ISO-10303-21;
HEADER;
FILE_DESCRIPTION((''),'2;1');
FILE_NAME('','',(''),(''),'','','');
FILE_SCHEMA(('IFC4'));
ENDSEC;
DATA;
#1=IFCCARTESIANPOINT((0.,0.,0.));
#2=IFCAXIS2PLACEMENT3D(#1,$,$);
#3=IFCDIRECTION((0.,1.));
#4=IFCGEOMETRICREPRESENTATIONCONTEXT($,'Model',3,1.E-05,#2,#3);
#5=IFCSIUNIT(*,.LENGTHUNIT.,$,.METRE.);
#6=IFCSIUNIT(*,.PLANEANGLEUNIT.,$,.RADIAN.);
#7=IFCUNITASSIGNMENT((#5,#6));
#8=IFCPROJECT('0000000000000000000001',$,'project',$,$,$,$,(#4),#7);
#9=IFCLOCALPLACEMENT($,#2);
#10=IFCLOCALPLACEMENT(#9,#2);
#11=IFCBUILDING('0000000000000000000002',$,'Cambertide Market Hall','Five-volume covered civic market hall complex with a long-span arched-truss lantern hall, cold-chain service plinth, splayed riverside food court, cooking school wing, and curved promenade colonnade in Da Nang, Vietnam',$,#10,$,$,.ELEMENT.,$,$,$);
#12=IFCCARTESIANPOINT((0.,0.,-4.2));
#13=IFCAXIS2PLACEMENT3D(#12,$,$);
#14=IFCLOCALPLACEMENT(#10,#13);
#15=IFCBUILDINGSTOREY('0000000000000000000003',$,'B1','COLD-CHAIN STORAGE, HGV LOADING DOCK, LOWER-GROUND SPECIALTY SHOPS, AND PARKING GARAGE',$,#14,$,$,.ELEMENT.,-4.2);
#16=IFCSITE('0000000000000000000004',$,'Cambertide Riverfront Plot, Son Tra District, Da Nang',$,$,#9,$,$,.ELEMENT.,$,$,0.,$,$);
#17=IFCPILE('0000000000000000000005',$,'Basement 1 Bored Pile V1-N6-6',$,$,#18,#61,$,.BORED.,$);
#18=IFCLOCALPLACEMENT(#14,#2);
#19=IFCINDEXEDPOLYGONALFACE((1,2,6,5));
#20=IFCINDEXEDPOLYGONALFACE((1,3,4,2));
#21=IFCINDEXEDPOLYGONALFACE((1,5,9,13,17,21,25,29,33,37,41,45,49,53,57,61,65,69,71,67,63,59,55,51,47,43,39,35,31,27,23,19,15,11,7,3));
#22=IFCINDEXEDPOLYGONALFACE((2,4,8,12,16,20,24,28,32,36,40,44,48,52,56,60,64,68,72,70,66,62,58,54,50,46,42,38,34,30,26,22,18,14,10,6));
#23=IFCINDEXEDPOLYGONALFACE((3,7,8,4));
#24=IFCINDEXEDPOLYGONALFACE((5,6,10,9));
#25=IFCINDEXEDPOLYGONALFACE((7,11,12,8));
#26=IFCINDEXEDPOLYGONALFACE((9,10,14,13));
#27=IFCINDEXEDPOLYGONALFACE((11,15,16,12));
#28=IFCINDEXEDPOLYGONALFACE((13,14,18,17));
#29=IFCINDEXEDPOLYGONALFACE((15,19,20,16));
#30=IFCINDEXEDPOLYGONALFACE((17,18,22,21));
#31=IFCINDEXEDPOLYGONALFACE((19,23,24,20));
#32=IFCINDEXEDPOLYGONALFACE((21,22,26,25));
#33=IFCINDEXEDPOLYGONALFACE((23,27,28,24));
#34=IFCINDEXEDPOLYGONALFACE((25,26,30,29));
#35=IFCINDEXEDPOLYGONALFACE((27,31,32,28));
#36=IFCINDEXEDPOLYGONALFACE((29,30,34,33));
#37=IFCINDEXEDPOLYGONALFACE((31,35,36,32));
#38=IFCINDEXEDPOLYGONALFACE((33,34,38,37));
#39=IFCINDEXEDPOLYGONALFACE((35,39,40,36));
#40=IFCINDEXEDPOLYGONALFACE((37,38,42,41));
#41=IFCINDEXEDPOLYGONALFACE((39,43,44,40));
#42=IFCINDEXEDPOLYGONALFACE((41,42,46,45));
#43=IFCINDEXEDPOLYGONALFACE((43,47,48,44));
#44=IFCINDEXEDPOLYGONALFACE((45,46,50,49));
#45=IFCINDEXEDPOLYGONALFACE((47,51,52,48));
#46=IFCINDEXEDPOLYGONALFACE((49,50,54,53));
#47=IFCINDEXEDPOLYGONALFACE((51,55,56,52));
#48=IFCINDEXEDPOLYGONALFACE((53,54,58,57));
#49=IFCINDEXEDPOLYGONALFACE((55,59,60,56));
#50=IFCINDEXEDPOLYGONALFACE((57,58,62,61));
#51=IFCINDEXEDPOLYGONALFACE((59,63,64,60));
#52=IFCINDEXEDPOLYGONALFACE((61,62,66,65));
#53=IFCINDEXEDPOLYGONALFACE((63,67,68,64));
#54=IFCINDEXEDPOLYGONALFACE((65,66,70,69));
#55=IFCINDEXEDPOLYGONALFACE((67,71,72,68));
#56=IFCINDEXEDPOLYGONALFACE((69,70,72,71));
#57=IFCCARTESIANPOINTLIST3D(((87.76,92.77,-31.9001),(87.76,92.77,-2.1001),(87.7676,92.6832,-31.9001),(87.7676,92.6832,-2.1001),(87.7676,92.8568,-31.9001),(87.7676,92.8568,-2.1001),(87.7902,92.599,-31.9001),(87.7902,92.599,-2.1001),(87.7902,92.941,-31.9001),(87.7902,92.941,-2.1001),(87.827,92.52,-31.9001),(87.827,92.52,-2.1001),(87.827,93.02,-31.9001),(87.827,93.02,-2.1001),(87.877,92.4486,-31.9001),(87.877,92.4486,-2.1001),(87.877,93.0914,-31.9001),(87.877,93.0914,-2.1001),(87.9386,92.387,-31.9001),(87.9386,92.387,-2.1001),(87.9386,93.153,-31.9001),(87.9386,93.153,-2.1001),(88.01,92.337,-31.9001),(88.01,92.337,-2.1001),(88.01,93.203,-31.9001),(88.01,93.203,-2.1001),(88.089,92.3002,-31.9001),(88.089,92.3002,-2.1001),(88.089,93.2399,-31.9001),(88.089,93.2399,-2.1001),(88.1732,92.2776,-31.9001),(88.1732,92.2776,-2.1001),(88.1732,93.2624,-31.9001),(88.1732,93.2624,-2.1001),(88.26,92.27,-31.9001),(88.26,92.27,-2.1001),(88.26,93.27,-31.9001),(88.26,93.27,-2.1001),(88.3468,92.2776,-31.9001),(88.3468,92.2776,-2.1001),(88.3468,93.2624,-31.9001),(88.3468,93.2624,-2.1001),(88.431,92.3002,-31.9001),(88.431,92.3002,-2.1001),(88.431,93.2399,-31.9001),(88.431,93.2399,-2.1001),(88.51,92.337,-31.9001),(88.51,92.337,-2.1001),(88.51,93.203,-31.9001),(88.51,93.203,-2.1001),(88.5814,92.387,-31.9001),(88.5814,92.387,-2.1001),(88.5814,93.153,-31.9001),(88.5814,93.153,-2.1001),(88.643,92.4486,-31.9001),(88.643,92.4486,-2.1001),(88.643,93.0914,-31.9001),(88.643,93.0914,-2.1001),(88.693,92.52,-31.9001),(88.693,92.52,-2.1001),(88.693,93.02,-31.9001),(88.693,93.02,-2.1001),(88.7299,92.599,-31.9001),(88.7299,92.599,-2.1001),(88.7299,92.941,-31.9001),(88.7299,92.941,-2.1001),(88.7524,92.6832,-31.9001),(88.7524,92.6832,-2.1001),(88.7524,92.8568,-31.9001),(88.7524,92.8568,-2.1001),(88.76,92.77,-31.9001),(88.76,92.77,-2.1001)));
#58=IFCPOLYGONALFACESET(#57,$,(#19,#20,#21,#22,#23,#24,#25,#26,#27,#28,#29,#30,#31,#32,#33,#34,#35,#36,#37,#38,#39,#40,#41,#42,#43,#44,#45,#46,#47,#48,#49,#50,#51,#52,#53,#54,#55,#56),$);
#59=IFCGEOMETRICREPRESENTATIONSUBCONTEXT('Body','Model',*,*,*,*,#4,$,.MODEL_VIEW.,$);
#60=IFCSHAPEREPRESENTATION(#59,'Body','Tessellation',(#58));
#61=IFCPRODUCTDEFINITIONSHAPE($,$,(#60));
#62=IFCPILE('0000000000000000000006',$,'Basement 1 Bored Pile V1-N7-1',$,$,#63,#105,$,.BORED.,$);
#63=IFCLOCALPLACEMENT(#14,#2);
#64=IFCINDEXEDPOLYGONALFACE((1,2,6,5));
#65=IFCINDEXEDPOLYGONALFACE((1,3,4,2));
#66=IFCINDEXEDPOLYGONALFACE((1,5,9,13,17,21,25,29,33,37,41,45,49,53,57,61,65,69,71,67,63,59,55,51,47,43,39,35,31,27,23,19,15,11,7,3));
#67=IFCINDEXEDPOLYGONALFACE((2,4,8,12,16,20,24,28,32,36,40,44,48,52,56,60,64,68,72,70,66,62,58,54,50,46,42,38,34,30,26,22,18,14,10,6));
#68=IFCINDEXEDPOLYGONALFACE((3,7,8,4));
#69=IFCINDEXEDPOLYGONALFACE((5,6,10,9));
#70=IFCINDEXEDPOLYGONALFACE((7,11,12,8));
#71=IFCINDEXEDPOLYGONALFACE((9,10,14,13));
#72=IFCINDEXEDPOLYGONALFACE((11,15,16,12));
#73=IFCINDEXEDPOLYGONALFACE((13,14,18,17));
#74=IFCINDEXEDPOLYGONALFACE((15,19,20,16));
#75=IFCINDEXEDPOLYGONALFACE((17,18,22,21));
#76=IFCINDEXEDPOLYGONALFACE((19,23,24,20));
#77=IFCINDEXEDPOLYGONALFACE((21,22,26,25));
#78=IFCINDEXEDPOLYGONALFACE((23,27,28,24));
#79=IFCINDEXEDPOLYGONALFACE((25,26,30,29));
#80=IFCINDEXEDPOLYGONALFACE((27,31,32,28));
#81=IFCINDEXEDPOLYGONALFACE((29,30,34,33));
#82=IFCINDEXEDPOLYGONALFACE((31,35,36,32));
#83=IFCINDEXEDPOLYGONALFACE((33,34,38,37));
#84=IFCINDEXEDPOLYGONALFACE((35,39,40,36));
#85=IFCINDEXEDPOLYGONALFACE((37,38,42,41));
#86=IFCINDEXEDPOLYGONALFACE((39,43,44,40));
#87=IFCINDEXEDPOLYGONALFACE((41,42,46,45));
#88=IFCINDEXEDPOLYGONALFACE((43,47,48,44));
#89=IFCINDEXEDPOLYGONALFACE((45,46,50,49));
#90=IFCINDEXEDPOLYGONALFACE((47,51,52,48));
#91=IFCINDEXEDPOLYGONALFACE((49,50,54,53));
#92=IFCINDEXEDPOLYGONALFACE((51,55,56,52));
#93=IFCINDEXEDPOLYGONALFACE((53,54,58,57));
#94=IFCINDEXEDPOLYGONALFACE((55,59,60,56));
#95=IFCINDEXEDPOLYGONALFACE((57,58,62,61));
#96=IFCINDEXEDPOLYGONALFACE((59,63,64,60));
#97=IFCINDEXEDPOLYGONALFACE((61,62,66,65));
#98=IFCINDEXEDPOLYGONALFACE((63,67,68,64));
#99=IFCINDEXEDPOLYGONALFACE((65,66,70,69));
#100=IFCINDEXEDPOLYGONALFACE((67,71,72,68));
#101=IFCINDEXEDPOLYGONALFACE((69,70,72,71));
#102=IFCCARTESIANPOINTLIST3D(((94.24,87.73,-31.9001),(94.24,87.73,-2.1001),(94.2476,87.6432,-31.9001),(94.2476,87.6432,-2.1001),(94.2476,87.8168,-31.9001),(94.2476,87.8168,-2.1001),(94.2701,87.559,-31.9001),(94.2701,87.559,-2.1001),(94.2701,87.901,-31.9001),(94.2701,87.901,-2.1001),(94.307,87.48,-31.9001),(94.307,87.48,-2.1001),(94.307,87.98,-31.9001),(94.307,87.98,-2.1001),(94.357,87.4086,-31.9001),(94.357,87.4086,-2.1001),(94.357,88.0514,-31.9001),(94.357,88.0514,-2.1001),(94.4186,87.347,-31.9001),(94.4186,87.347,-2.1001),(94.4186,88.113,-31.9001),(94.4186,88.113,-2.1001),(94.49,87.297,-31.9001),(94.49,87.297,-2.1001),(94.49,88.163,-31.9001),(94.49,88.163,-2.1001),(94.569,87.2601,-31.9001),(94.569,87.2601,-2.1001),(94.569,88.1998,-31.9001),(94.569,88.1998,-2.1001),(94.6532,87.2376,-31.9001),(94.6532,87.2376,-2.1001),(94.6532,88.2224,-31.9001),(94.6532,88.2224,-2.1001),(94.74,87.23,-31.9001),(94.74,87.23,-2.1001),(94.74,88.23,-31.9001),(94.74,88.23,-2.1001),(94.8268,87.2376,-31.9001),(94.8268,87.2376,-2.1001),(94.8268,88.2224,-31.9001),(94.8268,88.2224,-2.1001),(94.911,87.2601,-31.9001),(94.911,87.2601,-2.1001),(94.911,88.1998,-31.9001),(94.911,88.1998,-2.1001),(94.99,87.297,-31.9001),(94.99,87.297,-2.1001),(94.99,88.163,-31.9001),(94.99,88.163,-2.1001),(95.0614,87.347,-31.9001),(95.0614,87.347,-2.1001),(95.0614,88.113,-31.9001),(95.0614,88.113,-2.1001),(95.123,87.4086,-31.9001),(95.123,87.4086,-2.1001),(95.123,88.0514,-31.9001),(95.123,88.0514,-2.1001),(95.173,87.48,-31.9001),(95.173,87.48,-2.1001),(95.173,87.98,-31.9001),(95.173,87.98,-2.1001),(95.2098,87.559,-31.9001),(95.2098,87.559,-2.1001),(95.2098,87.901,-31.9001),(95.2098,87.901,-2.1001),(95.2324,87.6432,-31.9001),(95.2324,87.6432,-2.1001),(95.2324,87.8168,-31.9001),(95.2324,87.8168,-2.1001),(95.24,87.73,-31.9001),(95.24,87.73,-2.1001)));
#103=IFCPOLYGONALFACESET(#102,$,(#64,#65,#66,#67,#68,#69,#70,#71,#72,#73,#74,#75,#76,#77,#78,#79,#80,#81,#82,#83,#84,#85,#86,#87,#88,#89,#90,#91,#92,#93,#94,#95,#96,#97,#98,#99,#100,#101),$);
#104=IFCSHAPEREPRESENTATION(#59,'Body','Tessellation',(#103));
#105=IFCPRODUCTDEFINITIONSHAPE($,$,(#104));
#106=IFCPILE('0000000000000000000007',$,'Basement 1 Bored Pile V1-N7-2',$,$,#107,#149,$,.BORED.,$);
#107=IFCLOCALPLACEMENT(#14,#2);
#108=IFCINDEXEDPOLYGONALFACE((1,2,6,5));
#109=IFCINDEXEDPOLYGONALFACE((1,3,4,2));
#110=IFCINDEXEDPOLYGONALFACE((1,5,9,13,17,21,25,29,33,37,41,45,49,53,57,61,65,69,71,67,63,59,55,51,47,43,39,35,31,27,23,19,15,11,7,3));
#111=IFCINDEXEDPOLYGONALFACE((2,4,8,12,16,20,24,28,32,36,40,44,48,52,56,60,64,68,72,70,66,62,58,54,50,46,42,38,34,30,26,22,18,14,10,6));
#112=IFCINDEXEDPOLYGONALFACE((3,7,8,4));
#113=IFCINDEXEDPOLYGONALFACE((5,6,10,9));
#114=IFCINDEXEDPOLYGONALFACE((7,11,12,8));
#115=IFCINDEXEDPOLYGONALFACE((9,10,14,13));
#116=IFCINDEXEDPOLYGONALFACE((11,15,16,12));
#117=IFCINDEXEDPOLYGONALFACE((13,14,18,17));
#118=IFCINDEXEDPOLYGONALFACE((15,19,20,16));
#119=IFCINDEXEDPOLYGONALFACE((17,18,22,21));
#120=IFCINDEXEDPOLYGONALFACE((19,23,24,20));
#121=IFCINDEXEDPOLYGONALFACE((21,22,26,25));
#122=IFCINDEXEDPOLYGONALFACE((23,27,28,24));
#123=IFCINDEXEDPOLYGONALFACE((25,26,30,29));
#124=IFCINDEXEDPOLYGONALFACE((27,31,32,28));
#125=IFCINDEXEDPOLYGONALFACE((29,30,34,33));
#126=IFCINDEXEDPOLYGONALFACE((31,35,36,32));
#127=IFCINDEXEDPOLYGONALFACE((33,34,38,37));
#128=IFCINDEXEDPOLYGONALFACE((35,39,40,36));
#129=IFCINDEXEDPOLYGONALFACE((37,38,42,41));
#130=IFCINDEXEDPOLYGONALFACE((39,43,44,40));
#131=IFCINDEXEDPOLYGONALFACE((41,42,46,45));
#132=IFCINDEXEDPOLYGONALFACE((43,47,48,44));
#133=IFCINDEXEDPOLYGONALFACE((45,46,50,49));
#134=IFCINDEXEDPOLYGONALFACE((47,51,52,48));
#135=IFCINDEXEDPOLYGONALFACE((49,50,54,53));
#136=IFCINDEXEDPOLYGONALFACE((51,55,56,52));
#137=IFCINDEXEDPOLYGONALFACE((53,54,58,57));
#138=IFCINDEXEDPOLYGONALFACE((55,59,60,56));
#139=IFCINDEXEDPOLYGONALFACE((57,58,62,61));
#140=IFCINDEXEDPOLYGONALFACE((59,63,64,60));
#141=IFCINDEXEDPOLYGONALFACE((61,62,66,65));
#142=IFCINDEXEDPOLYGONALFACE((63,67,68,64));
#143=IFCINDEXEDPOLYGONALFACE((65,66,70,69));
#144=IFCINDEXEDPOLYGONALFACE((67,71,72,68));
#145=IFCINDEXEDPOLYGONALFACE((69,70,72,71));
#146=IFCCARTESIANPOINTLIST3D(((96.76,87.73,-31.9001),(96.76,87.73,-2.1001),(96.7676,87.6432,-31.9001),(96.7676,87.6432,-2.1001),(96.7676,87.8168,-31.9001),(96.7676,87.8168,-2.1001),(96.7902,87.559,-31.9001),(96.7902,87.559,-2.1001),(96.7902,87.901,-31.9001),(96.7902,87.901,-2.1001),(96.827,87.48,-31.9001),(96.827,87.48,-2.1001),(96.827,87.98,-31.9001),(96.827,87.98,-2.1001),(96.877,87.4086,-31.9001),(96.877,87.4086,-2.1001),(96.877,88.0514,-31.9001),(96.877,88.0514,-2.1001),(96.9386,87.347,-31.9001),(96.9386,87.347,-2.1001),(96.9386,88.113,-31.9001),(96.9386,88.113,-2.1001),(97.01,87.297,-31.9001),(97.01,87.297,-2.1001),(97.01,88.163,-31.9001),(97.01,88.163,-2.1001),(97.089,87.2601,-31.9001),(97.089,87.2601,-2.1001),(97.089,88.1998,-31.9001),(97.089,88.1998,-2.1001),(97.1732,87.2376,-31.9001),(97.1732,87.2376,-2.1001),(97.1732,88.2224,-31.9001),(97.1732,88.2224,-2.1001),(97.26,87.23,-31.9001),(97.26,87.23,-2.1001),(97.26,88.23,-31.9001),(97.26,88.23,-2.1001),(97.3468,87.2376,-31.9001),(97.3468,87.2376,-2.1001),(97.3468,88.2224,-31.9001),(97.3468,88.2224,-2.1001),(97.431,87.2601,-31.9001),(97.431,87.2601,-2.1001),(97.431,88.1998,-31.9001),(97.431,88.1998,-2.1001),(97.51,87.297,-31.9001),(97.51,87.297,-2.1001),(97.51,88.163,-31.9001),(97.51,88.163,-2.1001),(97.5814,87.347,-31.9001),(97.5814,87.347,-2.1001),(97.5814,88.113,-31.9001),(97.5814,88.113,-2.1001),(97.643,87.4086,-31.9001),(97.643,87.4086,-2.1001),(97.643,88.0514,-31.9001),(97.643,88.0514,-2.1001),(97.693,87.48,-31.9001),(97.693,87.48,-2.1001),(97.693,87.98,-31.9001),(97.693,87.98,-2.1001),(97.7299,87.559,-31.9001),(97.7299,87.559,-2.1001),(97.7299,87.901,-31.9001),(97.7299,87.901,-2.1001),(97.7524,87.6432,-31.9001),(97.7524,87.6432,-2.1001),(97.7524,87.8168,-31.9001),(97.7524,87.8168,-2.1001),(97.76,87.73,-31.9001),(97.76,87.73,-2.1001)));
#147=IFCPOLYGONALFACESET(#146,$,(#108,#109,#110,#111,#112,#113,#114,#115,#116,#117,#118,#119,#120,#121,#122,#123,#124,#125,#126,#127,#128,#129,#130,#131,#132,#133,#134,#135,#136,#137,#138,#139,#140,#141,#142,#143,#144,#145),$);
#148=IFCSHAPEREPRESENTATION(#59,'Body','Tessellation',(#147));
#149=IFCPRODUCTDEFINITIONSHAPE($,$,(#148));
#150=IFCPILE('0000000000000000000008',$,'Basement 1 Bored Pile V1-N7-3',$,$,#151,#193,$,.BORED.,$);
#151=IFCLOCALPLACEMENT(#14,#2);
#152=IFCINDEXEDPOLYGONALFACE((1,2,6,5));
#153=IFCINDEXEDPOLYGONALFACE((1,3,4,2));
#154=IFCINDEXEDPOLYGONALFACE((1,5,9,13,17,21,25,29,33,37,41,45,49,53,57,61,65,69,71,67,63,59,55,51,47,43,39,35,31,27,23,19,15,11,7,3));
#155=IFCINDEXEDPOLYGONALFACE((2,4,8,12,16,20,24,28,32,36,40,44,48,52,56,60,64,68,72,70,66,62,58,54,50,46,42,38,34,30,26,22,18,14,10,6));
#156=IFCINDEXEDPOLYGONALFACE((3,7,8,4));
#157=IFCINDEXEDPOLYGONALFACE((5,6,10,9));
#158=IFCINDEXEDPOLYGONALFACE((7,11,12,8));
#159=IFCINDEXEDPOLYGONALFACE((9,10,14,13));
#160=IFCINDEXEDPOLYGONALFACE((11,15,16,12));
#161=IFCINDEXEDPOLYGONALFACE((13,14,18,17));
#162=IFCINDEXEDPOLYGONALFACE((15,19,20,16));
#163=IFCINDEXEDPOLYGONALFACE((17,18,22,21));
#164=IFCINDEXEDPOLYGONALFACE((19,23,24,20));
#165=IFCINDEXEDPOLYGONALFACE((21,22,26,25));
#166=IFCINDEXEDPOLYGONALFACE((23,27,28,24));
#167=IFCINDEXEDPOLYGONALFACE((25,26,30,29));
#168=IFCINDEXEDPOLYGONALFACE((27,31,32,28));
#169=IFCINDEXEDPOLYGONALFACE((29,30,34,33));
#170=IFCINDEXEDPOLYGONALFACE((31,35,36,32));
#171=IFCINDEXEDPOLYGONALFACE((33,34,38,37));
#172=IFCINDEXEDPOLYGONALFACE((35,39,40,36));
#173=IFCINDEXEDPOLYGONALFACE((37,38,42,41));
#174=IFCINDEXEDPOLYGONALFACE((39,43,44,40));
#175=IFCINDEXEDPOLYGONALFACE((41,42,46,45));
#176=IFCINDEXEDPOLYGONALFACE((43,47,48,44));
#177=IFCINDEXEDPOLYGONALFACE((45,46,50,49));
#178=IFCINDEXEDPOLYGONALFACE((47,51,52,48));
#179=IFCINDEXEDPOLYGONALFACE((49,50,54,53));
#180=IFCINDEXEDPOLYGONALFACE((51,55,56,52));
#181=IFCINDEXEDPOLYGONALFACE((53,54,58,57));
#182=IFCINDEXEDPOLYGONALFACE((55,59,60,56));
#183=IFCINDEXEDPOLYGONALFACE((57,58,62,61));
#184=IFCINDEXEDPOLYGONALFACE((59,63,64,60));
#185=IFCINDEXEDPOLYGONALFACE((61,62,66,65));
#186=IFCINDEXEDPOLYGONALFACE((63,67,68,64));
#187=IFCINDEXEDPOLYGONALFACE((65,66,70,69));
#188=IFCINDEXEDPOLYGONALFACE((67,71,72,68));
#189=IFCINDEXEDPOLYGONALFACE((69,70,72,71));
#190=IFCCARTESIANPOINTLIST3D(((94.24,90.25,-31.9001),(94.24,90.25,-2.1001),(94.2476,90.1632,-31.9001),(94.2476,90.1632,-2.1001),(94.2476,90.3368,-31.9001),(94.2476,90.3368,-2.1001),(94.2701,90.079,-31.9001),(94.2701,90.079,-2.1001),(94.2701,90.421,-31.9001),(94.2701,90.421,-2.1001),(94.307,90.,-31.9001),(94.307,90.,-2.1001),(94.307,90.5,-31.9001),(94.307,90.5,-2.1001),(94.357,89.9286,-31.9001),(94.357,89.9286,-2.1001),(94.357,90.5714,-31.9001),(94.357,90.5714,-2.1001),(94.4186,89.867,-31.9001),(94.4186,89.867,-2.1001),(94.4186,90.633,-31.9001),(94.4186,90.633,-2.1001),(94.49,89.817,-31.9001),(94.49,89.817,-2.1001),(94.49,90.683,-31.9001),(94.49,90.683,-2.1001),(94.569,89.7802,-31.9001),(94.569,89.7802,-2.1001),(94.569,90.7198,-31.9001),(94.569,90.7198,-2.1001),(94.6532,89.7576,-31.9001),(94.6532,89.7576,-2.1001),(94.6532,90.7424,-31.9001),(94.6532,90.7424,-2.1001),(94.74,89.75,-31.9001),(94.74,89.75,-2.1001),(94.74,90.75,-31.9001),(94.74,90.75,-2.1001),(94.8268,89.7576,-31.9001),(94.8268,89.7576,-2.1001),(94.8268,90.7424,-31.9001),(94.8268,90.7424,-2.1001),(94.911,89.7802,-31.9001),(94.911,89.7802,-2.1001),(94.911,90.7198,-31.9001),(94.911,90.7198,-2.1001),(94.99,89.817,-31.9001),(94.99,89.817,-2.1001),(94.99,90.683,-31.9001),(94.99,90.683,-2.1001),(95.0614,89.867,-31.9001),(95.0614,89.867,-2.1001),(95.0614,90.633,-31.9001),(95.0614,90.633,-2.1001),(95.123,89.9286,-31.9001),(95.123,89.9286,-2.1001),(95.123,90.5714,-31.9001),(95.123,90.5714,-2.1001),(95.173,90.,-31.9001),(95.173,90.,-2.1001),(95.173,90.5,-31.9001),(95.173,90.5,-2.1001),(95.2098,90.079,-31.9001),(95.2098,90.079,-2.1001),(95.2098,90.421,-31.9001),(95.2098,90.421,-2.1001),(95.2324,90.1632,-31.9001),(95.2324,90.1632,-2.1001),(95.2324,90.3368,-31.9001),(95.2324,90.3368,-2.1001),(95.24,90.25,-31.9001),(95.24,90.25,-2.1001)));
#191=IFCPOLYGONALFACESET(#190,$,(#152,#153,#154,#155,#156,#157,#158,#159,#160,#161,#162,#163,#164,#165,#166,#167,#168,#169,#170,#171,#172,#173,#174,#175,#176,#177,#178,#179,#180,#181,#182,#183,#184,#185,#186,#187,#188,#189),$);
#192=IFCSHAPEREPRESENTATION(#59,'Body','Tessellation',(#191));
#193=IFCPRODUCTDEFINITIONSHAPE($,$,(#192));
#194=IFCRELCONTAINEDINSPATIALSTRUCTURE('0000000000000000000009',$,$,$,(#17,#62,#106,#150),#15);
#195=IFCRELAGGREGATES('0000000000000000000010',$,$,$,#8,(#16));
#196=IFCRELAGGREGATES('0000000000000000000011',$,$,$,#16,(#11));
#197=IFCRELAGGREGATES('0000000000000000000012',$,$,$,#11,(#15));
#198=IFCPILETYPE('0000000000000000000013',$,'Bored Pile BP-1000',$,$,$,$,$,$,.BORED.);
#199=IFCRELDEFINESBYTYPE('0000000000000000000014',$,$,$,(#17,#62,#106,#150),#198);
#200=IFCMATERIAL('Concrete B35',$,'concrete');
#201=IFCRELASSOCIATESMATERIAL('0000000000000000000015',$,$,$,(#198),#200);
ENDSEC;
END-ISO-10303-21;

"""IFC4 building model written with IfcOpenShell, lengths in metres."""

from ifc_helpers import new_model, si_unit, direction, frame, origin, origin_2d, place, context, subcontext, project, spatial, circle, extrude, material, material_profile, profile_set, type_object, element, save


model = new_model("IFC4")

# Units and contexts
model_context = context("Model", 3, precision=1e-05, world=origin(), true_north=direction((0.0, 1.0)))
body_context = subcontext(model_context, "Body", "Model", "MODEL_VIEW")
ifc_project = project(units=[si_unit("LENGTHUNIT", "METRE"), si_unit("PLANEANGLEUNIT", "RADIAN")], contexts=[model_context])

# Site, building, storey
site_placement = place(None, origin())
site = spatial("IfcSite", under=ifc_project, at=site_placement, Name="Cambertide Riverfront Plot, Son Tra District, Da Nang", CompositionType="ELEMENT", RefElevation=0.0)
building_placement = place(site_placement, origin())
building = spatial("IfcBuilding", under=site, at=building_placement, Name="Cambertide Market Hall", Description="Five-volume covered civic market hall complex with a long-span arched-truss lantern hall, cold-chain service plinth, splayed riverside food court, cooking school wing, and curved promenade colonnade in Da Nang, Vietnam", CompositionType="ELEMENT")
storey_placement = place(building_placement, frame((0.0, 0.0, -4.2)))
storey = spatial("IfcBuildingStorey", under=building, at=storey_placement, Name="B1", Description="COLD-CHAIN STORAGE, HGV LOADING DOCK, LOWER-GROUND SPECIALTY SHOPS, AND PARKING GARAGE", CompositionType="ELEMENT", Elevation=-4.2)

# Piles
ifc_material_1 = material(Name="Concrete B35", Category="concrete")
ifc_material_profile_1 = material_profile(ifc_material_1, circle(Radius=0.5, at=origin_2d()), Name="BP D1000")
ifc_profile_set_1 = profile_set([ifc_material_profile_1], Name="Concrete B35")
pile_type = type_object("IfcPileType", Name="Bored Pile BP-1000", PredefinedType="BORED", material=ifc_profile_set_1)
for number, where, z_axis, x_axis, name in (
    (1, (88.26, 92.77, -2.1001), (0.0, 0.0, -1.0), (1.0, 0.0, 0.0), "Basement 1 Bored Pile V1-N6-6"),
    (2, (94.74, 87.73, -2.1001), (0.0, 0.0, -1.0), (1.0, 0.0, 0.0), "Basement 1 Bored Pile V1-N7-1"),
    (3, (97.26, 87.73, -2.1001), (0.0, 0.0, -1.0), (1.0, 0.0, 0.0), "Basement 1 Bored Pile V1-N7-2"),
    (4, (94.74, 90.25, -2.1001), (0.0, 0.0, -1.0), (1.0, 0.0, 0.0), "Basement 1 Bored Pile V1-N7-3"),
):
    element("IfcPile", number, at=place(storey_placement, frame(where, z_axis=z_axis, x_axis=x_axis)), inside=storey, type_object=pile_type, Name=name, PredefinedType="BORED", context=body_context, shape_type="SweptSolid", body=[
        extrude(circle(Radius=0.5, at=origin_2d()), origin(), (0.0, 0.0, 1.0), 29.8),
    ])

save(model, "model.ifc")
